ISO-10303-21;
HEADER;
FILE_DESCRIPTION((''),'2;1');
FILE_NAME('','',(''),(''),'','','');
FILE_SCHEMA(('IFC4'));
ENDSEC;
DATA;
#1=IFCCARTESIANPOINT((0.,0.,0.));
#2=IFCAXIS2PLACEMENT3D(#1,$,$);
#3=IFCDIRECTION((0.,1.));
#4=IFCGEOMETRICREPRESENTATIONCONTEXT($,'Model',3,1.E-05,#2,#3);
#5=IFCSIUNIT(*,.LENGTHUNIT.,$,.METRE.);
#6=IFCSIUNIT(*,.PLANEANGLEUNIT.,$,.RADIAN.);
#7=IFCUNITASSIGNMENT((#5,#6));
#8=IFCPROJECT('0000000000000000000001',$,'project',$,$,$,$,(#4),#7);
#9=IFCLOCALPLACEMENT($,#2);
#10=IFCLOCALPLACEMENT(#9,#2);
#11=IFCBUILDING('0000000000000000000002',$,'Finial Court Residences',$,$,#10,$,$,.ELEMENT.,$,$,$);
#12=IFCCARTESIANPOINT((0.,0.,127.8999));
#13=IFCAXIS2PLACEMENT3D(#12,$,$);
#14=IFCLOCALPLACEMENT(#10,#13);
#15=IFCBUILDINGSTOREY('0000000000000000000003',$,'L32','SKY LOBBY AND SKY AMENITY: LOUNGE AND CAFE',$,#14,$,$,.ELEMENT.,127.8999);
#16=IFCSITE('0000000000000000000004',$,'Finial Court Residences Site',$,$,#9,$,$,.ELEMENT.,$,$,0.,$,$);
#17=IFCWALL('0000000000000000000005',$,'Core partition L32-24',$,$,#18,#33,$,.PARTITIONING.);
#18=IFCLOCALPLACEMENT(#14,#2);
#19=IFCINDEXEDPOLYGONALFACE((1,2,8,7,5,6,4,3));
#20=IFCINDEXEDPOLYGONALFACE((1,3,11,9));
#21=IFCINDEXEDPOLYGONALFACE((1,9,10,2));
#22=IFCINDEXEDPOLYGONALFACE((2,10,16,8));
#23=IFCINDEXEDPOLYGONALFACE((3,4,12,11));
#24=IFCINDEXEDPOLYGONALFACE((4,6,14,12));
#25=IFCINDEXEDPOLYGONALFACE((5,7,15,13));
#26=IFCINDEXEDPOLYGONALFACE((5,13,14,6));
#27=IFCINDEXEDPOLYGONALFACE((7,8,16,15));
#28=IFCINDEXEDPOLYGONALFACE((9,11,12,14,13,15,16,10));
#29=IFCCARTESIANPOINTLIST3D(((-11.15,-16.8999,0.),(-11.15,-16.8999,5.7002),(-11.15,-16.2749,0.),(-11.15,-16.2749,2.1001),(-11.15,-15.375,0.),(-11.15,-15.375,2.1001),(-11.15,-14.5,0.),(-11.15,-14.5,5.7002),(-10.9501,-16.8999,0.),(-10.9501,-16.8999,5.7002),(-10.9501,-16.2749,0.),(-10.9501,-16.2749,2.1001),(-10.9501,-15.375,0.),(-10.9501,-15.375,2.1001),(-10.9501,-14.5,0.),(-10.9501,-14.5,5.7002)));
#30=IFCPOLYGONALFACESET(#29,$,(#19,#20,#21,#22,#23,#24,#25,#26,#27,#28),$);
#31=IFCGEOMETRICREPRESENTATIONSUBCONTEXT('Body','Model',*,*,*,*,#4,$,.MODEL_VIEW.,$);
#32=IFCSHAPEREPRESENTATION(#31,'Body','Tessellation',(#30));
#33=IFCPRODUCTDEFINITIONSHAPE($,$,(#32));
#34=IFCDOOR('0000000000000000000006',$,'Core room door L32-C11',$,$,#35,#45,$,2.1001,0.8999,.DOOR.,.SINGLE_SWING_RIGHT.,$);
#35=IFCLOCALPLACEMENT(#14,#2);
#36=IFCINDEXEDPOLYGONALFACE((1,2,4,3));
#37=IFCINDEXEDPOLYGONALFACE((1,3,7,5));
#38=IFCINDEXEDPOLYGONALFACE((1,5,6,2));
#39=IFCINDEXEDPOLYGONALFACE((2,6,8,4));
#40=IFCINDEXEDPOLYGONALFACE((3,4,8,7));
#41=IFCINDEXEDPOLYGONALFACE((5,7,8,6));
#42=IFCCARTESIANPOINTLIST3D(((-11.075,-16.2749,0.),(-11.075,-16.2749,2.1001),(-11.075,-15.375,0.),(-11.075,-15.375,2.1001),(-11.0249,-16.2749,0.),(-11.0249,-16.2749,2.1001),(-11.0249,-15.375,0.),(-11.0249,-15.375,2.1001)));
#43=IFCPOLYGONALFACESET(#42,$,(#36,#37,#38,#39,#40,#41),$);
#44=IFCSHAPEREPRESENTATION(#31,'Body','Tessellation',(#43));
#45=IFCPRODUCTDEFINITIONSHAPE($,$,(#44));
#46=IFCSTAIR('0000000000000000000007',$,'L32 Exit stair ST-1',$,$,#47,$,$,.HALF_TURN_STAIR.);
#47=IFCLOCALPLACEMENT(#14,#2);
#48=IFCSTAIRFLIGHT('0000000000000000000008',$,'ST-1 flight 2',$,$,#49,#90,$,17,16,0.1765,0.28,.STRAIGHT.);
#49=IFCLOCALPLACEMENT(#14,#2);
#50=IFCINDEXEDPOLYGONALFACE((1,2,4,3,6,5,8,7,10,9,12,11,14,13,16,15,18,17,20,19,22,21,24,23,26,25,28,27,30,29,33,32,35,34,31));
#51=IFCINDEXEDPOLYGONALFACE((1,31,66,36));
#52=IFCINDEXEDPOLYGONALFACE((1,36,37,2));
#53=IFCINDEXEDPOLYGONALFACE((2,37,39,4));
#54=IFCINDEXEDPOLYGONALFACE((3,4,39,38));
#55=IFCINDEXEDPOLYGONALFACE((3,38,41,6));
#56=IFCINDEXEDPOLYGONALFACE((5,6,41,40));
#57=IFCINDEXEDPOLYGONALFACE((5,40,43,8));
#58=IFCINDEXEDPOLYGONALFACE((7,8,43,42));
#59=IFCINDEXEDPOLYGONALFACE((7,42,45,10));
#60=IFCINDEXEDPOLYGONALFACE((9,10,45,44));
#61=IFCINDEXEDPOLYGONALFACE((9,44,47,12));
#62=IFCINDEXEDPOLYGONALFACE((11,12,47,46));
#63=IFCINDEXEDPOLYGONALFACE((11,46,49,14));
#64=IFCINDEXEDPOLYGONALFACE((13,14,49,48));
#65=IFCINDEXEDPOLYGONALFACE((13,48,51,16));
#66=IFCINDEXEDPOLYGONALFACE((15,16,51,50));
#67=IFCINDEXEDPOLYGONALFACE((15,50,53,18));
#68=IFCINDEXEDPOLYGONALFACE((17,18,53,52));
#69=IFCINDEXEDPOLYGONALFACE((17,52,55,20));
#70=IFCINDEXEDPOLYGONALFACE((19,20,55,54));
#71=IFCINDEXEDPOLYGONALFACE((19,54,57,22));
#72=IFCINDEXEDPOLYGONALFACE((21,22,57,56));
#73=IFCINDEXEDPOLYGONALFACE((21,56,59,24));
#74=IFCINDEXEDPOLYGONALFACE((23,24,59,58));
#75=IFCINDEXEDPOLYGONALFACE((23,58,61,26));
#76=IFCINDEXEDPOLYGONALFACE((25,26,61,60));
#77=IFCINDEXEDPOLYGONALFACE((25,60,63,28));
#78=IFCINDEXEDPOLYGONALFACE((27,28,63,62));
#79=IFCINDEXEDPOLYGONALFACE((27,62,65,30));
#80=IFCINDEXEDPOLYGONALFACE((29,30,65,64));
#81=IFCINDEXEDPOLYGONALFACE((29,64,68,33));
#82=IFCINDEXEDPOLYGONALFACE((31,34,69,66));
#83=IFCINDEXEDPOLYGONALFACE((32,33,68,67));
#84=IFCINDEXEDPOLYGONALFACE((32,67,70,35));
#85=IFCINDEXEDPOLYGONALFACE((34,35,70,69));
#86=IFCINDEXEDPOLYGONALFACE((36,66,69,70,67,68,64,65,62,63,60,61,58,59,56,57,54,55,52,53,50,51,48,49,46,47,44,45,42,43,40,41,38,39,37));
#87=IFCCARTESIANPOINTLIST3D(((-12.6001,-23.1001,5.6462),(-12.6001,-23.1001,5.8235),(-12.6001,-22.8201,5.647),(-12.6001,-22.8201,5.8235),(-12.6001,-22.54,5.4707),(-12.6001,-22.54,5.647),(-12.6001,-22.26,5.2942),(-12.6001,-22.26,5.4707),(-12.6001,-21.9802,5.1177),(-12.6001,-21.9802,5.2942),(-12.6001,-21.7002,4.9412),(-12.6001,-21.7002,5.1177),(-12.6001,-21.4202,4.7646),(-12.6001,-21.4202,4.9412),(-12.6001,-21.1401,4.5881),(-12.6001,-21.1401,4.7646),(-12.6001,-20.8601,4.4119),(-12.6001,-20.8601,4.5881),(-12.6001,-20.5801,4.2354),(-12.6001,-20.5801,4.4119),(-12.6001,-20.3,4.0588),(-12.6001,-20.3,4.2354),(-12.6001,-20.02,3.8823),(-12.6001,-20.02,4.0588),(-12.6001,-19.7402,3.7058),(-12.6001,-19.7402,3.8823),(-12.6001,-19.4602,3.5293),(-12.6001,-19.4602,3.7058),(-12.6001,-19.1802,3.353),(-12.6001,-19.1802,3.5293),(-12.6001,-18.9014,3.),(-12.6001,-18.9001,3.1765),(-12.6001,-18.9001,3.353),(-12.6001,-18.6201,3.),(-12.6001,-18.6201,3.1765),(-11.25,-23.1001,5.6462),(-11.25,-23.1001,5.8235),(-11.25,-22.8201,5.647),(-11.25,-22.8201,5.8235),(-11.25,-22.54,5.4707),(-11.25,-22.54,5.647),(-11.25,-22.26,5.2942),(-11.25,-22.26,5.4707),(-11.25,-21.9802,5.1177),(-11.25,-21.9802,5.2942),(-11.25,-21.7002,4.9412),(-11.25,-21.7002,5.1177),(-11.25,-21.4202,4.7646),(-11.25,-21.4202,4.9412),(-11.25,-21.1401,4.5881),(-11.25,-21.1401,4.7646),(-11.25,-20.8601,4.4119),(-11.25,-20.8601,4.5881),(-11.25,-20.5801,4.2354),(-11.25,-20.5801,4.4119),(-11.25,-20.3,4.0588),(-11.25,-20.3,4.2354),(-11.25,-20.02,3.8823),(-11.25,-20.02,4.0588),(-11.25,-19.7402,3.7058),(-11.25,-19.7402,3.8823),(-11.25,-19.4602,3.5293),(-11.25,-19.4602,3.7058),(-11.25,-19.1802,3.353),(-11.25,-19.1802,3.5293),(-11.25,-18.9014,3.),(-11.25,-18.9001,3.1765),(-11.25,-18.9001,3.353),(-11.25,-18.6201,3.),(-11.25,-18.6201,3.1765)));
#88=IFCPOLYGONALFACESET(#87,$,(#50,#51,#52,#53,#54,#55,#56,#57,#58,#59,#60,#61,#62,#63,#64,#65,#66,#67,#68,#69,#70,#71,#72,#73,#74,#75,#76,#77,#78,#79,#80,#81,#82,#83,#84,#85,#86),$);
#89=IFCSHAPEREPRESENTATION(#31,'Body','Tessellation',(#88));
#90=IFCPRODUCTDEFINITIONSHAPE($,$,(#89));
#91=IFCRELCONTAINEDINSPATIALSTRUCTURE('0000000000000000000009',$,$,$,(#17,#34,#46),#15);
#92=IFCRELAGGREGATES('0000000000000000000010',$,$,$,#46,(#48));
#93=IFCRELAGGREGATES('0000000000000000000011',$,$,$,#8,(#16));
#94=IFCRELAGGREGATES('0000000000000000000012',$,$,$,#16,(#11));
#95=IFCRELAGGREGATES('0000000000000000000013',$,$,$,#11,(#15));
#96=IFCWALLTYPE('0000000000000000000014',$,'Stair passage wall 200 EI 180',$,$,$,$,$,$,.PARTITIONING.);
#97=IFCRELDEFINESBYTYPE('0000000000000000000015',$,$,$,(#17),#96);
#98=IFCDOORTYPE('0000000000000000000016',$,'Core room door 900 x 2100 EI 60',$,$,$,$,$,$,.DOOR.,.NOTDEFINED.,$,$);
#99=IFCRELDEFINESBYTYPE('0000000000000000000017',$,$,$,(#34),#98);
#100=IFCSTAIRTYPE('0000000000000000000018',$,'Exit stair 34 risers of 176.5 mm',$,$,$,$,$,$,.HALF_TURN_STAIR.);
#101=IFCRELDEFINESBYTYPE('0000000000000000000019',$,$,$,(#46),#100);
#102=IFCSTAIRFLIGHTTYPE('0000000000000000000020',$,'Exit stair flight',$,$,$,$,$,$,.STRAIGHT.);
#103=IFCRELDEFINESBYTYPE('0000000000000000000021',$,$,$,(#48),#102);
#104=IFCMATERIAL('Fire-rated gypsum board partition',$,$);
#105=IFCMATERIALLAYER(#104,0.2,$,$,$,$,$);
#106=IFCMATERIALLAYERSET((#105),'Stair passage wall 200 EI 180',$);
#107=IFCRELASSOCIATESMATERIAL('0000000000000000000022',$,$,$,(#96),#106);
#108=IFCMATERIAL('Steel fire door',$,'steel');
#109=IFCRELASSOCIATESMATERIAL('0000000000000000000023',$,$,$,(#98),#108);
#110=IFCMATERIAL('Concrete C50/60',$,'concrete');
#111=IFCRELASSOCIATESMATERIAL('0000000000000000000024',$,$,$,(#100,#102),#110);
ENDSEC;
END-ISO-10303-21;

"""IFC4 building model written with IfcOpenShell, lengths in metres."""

from ifc_helpers import new_model, si_unit, direction, frame, frame_2d, origin, place, context, subcontext, project, spatial, polyline, rectangle, outline, extrude, material, layer, layer_set, type_object, element, fill, aggregate, save


model = new_model("IFC4")

# Units and contexts
model_context = context("Model", 3, precision=1e-05, world=origin(), true_north=direction((0.0, 1.0)))
body_context = subcontext(model_context, "Body", "Model", "MODEL_VIEW")
ifc_project = project(units=[si_unit("LENGTHUNIT", "METRE"), si_unit("PLANEANGLEUNIT", "RADIAN")], contexts=[model_context])

# Site, building, storey
site_placement = place(None, origin())
site = spatial("IfcSite", under=ifc_project, at=site_placement, Name="Finial Court Residences Site", CompositionType="ELEMENT", RefElevation=0.0)
building_placement = place(site_placement, origin())
building = spatial("IfcBuilding", under=site, at=building_placement, Name="Finial Court Residences", CompositionType="ELEMENT")
storey_placement = place(building_placement, frame((0.0, 0.0, 127.8999)))
storey = spatial("IfcBuildingStorey", under=building, at=storey_placement, Name="L32", Description="SKY LOBBY AND SKY AMENITY: LOUNGE AND CAFE", CompositionType="ELEMENT", Elevation=127.8999)

# Shared definitions
ifc_material_1 = material(Name="Steel fire door", Category="steel")

# Shared definitions
ifc_material_2 = material(Name="Fire-rated gypsum board partition")

# Wall, opening, door
ifc_layer_1 = layer(ifc_material_2, 0.2)
ifc_layer_set_1 = layer_set([ifc_layer_1], Name="Stair passage wall 200 EI 180")
wall_type_1 = type_object("IfcWallType", Name="Stair passage wall 200 EI 180", PredefinedType="PARTITIONING", material=ifc_layer_set_1)
wall_1_placement = place(storey_placement, frame((-11.05, -16.8999, 0.0), z_axis=(0.0, 0.0, 1.0), x_axis=(0.0, 1.0, 0.0)))
wall_1 = element("IfcWall", 1, at=wall_1_placement, inside=storey, type_object=wall_type_1, Name="Core partition L32-24", PredefinedType="PARTITIONING", context=body_context, shape_type="SweptSolid", body=[
    extrude(rectangle(XDim=2.3999, YDim=0.2, at=frame_2d((1.2, 0.0))), origin(), (0.0, 0.0, 1.0), 5.7002),
])
opening_1_placement = place(wall_1_placement, frame((0.625, 0.0, 0.0)))
opening_1 = element("IfcOpeningElement", 2, at=opening_1_placement, cuts=wall_1, PredefinedType="OPENING", context=body_context, shape_type="SweptSolid", body=[
    extrude(rectangle(XDim=0.8999, YDim=2.1001, at=frame_2d((0.45, 1.05))), frame((0.0, 0.1099, 0.0), z_axis=(0.0, -1.0, 0.0), x_axis=(1.0, 0.0, 0.0)), (0.0, 0.0, 1.0), 0.22),
])
door_type_1 = type_object("IfcDoorType", Name="Core room door 900 x 2100 EI 60", OperationType="NOTDEFINED", PredefinedType="DOOR", material=ifc_material_1)
door_1_placement = place(opening_1_placement, origin())
door_1 = element("IfcDoor", 3, at=door_1_placement, inside=storey, type_object=door_type_1, Name="Core room door L32-C11", OperationType="SINGLE_SWING_RIGHT", OverallHeight=2.1001, OverallWidth=0.8999, PredefinedType="DOOR", context=body_context, shape_type="SweptSolid", body=[
    extrude(rectangle(XDim=0.8999, YDim=2.1001, at=frame_2d((0.45, 1.05))), frame((0.0, 0.0249, 0.0), z_axis=(0.0, -1.0, 0.0), x_axis=(1.0, 0.0, 0.0)), (0.0, 0.0, 1.0), 0.05),
])
fill(opening_1, door_1)

# Stair, stair flight
ifc_material_3 = material(Name="Concrete C50/60", Category="concrete")
stair_type = type_object("IfcStairType", Name="Exit stair 34 risers of 176.5 mm", PredefinedType="HALF_TURN_STAIR", material=ifc_material_3)
stair_placement = place(storey_placement, origin())
stair = element("IfcStair", 4, at=stair_placement, inside=storey, type_object=stair_type, Name="L32 Exit stair ST-1", PredefinedType="HALF_TURN_STAIR")
stair_flight_type = type_object("IfcStairFlightType", Name="Exit stair flight", PredefinedType="STRAIGHT", material=ifc_material_3)
stair_flight_placement = place(storey_placement, frame((-11.925, -18.6201, 3.0), z_axis=(0.0, 0.0, 1.0), x_axis=(0.0, -1.0, 0.0)))
stair_flight = element("IfcStairFlight", 5, at=stair_flight_placement, type_object=stair_flight_type, Name="ST-1 flight 2", NumberOfRisers=17, NumberOfTreads=16, PredefinedType="STRAIGHT", RiserHeight=0.1765, TreadLength=0.28, context=body_context, shape_type="SweptSolid", body=[
    extrude(outline(polyline([(0.0, 0.0), (0.0, 0.1765), (0.28, 0.1765), (0.28, 0.353), (0.5601, 0.353), (0.5601, 0.5293), (0.8401, 0.5293), (0.8401, 0.7058), (1.1201, 0.7058), (1.1201, 0.8823), (1.3999, 0.8823), (1.3999, 1.0588), (1.6799, 1.0588), (1.6799, 1.2354), (1.96, 1.2354), (1.96, 1.4119), (2.24, 1.4119), (2.24, 1.5881), (2.52, 1.5881), (2.52, 1.7646), (2.8, 1.7646), (2.8, 1.9412), (3.0801, 1.9412), (3.0801, 2.1177), (3.3601, 2.1177), (3.3601, 2.2942), (3.6399, 2.2942), (3.6399, 2.4707), (3.9199, 2.4707), (3.9199, 2.647), (4.2, 2.647), (4.2, 2.8235), (4.48, 2.8235), (4.48, 3.0), (4.48, 2.6462), (0.2812, 0.0), (0.0, 0.0)])), frame((0.0, 0.675, 0.0), z_axis=(0.0, -1.0, 0.0), x_axis=(1.0, 0.0, 0.0)), (0.0, 0.0, 1.0), 1.3501),
])
aggregate(stair, [stair_flight])

save(model, "model.ifc")
